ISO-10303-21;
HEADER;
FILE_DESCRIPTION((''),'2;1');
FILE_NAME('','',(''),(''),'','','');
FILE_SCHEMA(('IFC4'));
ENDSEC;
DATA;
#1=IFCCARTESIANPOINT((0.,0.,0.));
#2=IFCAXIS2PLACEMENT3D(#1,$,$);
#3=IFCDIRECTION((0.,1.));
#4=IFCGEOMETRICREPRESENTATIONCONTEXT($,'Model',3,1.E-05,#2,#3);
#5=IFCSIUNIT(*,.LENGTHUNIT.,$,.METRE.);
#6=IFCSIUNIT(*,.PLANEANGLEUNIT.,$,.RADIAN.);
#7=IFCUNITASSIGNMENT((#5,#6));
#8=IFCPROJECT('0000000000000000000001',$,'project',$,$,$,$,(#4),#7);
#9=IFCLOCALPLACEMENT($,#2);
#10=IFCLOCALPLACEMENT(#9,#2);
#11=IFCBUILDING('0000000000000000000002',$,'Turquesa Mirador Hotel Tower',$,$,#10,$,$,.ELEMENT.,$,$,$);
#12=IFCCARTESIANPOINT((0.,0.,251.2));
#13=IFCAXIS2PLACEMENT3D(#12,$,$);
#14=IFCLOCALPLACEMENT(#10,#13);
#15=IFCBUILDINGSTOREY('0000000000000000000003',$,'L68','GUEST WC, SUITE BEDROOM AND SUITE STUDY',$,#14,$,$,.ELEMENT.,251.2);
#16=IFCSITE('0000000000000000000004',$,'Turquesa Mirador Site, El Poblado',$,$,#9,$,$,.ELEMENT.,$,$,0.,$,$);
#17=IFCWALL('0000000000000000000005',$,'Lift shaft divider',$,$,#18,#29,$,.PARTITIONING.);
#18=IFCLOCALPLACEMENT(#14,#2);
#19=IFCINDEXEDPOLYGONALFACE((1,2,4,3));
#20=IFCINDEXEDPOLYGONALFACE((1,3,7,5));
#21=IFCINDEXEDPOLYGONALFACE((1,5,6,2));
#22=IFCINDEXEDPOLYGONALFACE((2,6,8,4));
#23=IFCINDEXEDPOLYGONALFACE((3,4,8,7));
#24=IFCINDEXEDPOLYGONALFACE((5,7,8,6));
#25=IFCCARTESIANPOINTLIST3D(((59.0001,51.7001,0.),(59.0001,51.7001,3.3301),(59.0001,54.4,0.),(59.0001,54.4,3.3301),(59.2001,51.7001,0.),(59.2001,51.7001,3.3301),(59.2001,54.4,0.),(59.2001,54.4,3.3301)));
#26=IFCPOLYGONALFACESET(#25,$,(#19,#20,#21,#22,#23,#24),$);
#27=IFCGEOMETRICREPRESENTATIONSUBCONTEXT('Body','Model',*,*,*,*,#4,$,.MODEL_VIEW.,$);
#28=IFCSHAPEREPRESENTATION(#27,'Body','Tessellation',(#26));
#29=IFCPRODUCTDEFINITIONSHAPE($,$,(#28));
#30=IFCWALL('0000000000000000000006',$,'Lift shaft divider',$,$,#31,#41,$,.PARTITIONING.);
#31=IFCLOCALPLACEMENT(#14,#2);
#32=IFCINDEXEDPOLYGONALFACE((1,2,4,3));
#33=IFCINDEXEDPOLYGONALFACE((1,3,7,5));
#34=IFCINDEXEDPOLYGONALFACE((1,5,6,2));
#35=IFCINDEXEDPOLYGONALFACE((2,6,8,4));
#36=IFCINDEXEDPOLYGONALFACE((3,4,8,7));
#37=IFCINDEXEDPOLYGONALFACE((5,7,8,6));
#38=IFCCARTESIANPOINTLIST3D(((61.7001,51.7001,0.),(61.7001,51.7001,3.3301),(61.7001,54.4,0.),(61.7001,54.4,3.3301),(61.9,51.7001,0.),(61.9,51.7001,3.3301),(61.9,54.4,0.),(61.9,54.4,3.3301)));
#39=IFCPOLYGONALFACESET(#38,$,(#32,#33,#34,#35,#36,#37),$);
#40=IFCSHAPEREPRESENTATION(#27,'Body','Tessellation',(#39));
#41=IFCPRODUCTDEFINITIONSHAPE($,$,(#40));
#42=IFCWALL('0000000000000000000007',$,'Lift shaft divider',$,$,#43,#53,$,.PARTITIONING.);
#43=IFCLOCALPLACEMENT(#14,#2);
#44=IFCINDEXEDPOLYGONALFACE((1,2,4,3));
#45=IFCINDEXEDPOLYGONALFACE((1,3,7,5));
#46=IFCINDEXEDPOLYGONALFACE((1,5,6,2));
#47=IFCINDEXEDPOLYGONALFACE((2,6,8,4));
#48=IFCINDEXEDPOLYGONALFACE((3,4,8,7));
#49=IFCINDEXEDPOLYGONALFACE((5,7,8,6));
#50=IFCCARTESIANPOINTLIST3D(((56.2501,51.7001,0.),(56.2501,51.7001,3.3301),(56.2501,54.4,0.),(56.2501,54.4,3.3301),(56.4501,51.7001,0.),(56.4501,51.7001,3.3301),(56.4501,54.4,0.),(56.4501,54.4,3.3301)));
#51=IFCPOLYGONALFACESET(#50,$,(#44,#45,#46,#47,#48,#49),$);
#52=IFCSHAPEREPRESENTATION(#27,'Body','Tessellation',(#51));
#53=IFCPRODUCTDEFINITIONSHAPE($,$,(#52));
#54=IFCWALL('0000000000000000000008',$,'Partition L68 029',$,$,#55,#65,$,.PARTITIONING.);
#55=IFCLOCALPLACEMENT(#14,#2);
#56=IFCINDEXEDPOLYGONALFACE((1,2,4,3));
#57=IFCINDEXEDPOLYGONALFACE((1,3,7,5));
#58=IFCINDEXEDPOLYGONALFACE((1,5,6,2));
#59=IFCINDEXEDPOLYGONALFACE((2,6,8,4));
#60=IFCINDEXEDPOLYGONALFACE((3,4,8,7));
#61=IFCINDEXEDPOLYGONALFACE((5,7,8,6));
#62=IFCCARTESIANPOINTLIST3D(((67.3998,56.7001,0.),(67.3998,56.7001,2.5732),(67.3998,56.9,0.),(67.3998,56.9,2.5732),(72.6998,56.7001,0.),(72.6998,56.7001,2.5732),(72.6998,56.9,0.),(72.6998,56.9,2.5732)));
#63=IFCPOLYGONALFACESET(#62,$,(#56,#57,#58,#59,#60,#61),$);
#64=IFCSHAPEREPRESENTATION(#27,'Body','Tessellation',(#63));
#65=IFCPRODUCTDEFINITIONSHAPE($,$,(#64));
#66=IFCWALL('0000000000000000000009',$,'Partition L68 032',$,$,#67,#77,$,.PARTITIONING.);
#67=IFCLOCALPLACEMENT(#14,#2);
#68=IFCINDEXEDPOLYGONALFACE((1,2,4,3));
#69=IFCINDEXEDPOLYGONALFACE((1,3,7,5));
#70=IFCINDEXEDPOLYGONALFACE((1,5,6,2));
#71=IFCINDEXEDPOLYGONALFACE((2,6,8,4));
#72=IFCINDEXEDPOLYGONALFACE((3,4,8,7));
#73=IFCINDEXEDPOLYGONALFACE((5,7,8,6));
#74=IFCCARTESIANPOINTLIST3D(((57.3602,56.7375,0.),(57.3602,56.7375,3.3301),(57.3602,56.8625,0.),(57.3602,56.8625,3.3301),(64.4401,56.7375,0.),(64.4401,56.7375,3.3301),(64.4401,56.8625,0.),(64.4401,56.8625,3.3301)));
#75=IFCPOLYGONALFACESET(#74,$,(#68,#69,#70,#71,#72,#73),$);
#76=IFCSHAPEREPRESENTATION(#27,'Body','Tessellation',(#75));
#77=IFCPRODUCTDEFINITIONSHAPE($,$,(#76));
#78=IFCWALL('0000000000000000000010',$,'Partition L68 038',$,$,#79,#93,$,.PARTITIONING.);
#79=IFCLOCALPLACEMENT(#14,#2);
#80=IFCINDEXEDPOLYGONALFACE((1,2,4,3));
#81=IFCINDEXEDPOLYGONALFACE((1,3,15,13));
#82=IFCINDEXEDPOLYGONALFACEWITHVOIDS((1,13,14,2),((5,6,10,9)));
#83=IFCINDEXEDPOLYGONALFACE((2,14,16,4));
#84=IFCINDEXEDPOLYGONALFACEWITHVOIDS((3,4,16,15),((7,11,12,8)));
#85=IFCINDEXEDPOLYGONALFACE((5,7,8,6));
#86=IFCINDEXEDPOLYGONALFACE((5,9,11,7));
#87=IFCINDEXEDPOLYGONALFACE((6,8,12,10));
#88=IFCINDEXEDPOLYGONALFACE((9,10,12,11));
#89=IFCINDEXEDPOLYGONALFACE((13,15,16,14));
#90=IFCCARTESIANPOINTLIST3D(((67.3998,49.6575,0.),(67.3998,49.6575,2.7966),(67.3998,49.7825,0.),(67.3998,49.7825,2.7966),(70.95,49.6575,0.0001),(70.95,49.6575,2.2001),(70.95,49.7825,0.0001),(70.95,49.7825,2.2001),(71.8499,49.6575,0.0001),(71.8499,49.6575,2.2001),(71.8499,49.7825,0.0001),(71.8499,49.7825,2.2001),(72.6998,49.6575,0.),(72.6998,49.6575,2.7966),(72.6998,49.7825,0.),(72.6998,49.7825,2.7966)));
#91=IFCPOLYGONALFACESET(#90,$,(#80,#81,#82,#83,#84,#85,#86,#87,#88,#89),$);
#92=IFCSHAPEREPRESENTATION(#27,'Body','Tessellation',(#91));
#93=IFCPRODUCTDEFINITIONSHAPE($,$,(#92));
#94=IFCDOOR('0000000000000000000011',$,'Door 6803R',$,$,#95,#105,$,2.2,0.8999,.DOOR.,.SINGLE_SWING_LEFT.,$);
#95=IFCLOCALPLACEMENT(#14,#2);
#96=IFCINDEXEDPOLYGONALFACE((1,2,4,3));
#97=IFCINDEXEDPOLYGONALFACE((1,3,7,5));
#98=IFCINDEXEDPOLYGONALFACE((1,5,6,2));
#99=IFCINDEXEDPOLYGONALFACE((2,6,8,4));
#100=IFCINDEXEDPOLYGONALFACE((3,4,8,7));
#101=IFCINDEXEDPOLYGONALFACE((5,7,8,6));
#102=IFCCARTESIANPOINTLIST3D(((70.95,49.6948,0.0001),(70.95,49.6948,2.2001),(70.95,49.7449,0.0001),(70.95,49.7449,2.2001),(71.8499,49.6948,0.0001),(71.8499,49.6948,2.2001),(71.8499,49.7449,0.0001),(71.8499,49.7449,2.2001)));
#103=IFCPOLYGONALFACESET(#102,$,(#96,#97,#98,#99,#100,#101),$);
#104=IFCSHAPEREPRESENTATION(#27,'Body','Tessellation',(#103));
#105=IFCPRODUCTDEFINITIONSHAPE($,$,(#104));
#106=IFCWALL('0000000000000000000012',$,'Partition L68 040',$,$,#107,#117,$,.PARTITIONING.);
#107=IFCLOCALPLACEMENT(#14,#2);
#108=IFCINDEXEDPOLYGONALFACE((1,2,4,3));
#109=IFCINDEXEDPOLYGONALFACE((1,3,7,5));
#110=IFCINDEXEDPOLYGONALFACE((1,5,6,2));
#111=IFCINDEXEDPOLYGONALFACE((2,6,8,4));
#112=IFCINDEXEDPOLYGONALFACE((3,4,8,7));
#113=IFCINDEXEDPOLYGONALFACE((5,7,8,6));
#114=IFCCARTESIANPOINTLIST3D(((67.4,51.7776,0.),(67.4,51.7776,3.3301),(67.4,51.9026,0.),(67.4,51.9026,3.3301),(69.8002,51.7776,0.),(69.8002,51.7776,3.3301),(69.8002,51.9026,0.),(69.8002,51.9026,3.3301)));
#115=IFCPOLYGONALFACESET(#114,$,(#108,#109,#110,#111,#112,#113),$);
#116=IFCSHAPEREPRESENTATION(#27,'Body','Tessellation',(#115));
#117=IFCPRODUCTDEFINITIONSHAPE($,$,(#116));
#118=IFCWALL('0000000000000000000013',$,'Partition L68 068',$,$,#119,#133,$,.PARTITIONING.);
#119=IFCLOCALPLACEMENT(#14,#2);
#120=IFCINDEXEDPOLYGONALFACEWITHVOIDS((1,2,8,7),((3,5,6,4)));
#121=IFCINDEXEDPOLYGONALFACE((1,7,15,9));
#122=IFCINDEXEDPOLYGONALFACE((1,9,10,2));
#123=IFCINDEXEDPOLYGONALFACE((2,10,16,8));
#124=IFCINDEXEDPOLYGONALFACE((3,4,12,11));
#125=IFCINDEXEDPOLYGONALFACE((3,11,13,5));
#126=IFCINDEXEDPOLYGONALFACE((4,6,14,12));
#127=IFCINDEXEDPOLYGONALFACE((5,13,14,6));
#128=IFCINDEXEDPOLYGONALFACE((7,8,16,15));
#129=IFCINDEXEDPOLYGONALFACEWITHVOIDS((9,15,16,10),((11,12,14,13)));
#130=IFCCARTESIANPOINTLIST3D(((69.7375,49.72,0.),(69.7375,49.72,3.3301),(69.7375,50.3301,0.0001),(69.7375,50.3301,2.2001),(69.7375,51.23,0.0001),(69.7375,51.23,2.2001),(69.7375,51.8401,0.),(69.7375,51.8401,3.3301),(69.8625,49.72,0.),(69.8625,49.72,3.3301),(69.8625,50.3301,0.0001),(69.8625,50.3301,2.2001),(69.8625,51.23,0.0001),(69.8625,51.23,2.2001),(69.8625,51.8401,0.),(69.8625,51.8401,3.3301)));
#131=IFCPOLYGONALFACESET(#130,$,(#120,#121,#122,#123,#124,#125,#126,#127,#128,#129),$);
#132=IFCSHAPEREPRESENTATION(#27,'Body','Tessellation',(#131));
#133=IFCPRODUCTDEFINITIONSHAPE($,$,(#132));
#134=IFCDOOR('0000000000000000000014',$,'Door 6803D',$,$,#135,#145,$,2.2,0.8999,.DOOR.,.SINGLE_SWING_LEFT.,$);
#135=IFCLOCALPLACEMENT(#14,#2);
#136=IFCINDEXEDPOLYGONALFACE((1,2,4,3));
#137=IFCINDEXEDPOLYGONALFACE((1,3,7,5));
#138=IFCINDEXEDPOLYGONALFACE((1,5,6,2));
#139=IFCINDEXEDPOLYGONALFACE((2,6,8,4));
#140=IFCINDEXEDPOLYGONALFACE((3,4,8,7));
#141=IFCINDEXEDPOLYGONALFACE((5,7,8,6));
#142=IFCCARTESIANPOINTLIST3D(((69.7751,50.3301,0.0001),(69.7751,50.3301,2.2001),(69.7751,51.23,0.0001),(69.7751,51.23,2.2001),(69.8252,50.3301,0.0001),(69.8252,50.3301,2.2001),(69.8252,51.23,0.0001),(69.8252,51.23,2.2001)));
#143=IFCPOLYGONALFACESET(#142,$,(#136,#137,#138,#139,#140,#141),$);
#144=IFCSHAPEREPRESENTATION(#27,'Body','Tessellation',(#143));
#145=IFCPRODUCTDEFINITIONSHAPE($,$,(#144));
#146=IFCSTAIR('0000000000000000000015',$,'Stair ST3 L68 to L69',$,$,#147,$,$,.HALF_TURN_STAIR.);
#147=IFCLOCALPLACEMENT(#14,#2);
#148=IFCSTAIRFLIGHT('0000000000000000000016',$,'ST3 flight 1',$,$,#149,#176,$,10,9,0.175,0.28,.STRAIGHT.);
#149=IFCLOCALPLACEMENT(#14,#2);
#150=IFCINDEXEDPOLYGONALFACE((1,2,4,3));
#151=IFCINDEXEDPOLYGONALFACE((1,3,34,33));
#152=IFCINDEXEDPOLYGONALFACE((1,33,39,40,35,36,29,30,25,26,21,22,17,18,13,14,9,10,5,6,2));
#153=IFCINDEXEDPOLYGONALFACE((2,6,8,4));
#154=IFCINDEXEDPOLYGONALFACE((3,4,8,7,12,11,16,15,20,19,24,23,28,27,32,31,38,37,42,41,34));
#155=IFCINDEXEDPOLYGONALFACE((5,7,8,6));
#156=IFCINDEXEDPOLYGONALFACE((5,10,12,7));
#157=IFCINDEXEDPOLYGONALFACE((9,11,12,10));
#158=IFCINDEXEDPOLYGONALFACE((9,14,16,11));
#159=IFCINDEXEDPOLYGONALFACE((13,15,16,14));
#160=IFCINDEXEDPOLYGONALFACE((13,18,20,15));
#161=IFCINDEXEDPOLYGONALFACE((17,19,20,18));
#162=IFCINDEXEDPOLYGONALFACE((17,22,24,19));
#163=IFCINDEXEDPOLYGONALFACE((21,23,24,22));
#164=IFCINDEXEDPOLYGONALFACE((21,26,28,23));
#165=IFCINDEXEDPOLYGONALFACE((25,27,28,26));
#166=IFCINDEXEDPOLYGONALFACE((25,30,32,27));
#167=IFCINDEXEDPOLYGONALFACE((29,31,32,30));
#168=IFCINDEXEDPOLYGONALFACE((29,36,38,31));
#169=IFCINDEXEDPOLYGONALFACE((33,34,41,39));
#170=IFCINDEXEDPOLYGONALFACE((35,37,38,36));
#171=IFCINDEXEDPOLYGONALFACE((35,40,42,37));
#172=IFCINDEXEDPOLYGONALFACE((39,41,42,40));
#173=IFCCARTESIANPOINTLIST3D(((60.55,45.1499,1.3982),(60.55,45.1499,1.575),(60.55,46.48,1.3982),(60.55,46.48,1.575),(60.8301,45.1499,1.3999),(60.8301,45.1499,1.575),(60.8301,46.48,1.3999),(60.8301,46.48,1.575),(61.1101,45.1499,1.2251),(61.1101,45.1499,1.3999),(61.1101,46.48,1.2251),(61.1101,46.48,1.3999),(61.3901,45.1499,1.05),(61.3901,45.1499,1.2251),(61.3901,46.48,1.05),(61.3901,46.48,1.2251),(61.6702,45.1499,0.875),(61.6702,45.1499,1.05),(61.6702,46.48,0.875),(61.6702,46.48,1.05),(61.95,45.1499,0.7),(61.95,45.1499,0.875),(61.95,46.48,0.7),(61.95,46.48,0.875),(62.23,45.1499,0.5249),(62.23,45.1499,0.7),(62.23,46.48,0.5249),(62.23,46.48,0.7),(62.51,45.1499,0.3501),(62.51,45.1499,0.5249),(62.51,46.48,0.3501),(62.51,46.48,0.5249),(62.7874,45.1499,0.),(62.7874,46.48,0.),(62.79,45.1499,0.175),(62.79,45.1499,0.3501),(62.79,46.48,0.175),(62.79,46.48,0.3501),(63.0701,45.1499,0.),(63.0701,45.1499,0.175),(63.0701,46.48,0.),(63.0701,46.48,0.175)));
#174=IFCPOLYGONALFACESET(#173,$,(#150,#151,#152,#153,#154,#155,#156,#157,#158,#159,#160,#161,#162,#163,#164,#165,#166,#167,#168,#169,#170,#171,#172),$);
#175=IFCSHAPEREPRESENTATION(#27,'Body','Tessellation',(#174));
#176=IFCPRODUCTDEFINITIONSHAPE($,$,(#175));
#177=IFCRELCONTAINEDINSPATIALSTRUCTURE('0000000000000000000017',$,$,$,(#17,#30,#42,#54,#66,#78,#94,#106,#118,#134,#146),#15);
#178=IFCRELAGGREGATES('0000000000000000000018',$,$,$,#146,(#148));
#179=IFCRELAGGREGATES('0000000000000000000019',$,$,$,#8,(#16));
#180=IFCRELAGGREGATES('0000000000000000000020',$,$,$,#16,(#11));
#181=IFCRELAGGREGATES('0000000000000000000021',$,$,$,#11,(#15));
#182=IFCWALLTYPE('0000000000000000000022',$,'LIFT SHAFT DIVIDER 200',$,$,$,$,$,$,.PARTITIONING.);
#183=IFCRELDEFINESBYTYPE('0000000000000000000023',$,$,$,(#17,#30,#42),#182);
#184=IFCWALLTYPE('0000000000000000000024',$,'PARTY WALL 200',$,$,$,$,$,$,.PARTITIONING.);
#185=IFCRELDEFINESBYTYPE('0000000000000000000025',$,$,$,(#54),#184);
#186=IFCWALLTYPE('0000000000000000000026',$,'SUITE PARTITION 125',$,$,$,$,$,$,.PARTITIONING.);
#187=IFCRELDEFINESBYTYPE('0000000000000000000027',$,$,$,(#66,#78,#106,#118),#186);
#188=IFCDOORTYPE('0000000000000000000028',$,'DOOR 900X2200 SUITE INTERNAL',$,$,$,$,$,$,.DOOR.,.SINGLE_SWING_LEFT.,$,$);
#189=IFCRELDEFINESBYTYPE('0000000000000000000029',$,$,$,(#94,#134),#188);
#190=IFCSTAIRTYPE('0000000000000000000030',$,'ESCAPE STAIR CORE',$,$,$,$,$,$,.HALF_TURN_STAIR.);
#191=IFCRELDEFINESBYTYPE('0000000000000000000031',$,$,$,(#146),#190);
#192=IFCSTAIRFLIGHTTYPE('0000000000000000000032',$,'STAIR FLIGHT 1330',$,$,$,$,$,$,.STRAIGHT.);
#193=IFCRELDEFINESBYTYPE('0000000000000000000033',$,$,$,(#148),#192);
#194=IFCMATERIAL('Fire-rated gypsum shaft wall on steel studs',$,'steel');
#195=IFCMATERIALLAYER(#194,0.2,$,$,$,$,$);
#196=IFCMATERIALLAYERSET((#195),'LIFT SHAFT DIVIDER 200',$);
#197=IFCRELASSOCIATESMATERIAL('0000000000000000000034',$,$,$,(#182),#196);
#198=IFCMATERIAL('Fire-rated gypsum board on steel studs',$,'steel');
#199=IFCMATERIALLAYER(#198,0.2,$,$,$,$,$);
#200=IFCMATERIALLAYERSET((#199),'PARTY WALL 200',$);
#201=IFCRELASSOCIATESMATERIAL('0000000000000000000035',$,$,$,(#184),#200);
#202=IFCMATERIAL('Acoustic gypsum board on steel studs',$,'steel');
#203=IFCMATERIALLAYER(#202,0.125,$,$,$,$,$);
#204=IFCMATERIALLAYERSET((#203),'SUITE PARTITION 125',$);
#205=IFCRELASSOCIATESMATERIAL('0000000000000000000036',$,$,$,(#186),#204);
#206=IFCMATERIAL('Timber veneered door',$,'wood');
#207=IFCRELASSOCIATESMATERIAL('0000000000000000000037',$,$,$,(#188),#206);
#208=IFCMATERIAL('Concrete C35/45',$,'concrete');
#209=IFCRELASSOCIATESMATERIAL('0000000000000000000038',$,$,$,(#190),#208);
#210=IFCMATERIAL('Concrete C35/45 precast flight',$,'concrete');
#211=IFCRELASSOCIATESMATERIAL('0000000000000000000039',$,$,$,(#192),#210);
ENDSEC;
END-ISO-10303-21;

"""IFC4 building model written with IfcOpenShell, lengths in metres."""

from ifc_helpers import new_model, si_unit, direction, frame, frame_2d, origin, place, context, subcontext, project, spatial, polyline, rectangle, outline, extrude, material, layer, layer_set, type_object, element, fill, aggregate, save


model = new_model("IFC4")

# Units and contexts
model_context = context("Model", 3, precision=1e-05, world=origin(), true_north=direction((0.0, 1.0)))
body_context = subcontext(model_context, "Body", "Model", "MODEL_VIEW")
ifc_project = project(units=[si_unit("LENGTHUNIT", "METRE"), si_unit("PLANEANGLEUNIT", "RADIAN")], contexts=[model_context])

# Site, building, storey
site_placement = place(None, origin())
site = spatial("IfcSite", under=ifc_project, at=site_placement, Name="Turquesa Mirador Site, El Poblado", CompositionType="ELEMENT", RefElevation=0.0)
building_placement = place(site_placement, origin())
building = spatial("IfcBuilding", under=site, at=building_placement, Name="Turquesa Mirador Hotel Tower", CompositionType="ELEMENT")
storey_placement = place(building_placement, frame((0.0, 0.0, 251.2)))
storey = spatial("IfcBuildingStorey", under=building, at=storey_placement, Name="L68", Description="GUEST WC, SUITE BEDROOM AND SUITE STUDY", CompositionType="ELEMENT", Elevation=251.2)

# Walls
ifc_material_1 = material(Name="Fire-rated gypsum shaft wall on steel studs", Category="steel")
ifc_layer_1 = layer(ifc_material_1, 0.2)
ifc_layer_set_1 = layer_set([ifc_layer_1], Name="LIFT SHAFT DIVIDER 200")
wall_type_1 = type_object("IfcWallType", Name="LIFT SHAFT DIVIDER 200", PredefinedType="PARTITIONING", material=ifc_layer_set_1)
for number, where, z_axis, x_axis, name in (
    (1, (59.1001, 51.7, 0.0), (0.0, 0.0, 1.0), (0.0, 1.0, 0.0), "Lift shaft divider"),
    (2, (61.8, 51.7, 0.0), (0.0, 0.0, 1.0), (0.0, 1.0, 0.0), "Lift shaft divider"),
    (3, (56.3501, 51.7, 0.0), (0.0, 0.0, 1.0), (0.0, 1.0, 0.0), "Lift shaft divider"),
):
    element("IfcWall", number, at=place(storey_placement, frame(where, z_axis=z_axis, x_axis=x_axis)), inside=storey, type_object=wall_type_1, Name=name, PredefinedType="PARTITIONING", context=body_context, shape_type="SweptSolid", body=[
        extrude(rectangle(XDim=2.7, YDim=0.2, at=frame_2d((1.3501, 0.0))), origin(), (0.0, 0.0, 1.0), 3.3301),
    ])
ifc_material_2 = material(Name="Fire-rated gypsum board on steel studs", Category="steel")
ifc_layer_2 = layer(ifc_material_2, 0.2)
ifc_layer_set_2 = layer_set([ifc_layer_2], Name="PARTY WALL 200")
wall_type_2 = type_object("IfcWallType", Name="PARTY WALL 200", PredefinedType="PARTITIONING", material=ifc_layer_set_2)
wall_1_placement = place(storey_placement, frame((67.3999, 56.8, 0.0), z_axis=(0.0, 0.0, 1.0), x_axis=(1.0, 0.0, 0.0)))
element("IfcWall", 4, at=wall_1_placement, inside=storey, type_object=wall_type_2, Name="Partition L68 029", PredefinedType="PARTITIONING", context=body_context, shape_type="SweptSolid", body=[
    extrude(rectangle(XDim=5.3, YDim=0.2, at=frame_2d((2.6499, 0.0))), origin(), (0.0, 0.0, 1.0), 2.5732),
])
ifc_material_3 = material(Name="Acoustic gypsum board on steel studs", Category="steel")
ifc_layer_3 = layer(ifc_material_3, 0.125)
ifc_layer_set_3 = layer_set([ifc_layer_3], Name="SUITE PARTITION 125")
wall_type_3 = type_object("IfcWallType", Name="SUITE PARTITION 125", PredefinedType="PARTITIONING", material=ifc_layer_set_3)
wall_2_placement = place(storey_placement, frame((57.3601, 56.8, 0.0), z_axis=(0.0, 0.0, 1.0), x_axis=(1.0, 0.0, 0.0)))
element("IfcWall", 5, at=wall_2_placement, inside=storey, type_object=wall_type_3, Name="Partition L68 032", PredefinedType="PARTITIONING", context=body_context, shape_type="SweptSolid", body=[
    extrude(rectangle(XDim=7.0798, YDim=0.125, at=frame_2d((3.54, 0.0))), origin(), (0.0, 0.0, 1.0), 3.3301),
])

# Wall, opening, door
wall_3_placement = place(storey_placement, frame((67.3999, 49.72, 0.0), z_axis=(0.0, 0.0, 1.0), x_axis=(1.0, 0.0, 0.0)))
wall_3 = element("IfcWall", 6, at=wall_3_placement, inside=storey, type_object=wall_type_3, Name="Partition L68 038", PredefinedType="PARTITIONING", context=body_context, shape_type="SweptSolid", body=[
    extrude(rectangle(XDim=5.3, YDim=0.125, at=frame_2d((2.6499, 0.0))), origin(), (0.0, 0.0, 1.0), 2.7966),
])
opening_1_placement = place(wall_3_placement, frame((3.55, 0.0, 0.0)))
opening_1 = element("IfcOpeningElement", 7, at=opening_1_placement, cuts=wall_3, PredefinedType="OPENING", context=body_context, shape_type="SweptSolid", body=[
    extrude(rectangle(XDim=0.8999, YDim=2.2, at=frame_2d((0.45, 1.1001))), frame((0.0, 0.0725, 0.0), z_axis=(0.0, -1.0, 0.0), x_axis=(1.0, 0.0, 0.0)), (0.0, 0.0, 1.0), 0.145),
])
ifc_material_4 = material(Name="Timber veneered door", Category="wood")
door_type_1 = type_object("IfcDoorType", Name="DOOR 900X2200 SUITE INTERNAL", OperationType="SINGLE_SWING_LEFT", PredefinedType="DOOR", material=ifc_material_4)
door_1_placement = place(opening_1_placement, origin())
door_1 = element("IfcDoor", 8, at=door_1_placement, inside=storey, type_object=door_type_1, Name="Door 6803R", OperationType="SINGLE_SWING_LEFT", OverallHeight=2.2, OverallWidth=0.8999, PredefinedType="DOOR", context=body_context, shape_type="SweptSolid", body=[
    extrude(rectangle(XDim=0.8999, YDim=2.2, at=frame_2d((0.45, 1.1001))), frame((0.0, 0.0249, 0.0), z_axis=(0.0, -1.0, 0.0), x_axis=(1.0, 0.0, 0.0)), (0.0, 0.0, 1.0), 0.05),
])
fill(opening_1, door_1)

# Wall
wall_4_placement = place(storey_placement, frame((67.3999, 51.8401, 0.0), z_axis=(0.0, 0.0, 1.0), x_axis=(1.0, 0.0, 0.0)))
element("IfcWall", 9, at=wall_4_placement, inside=storey, type_object=wall_type_3, Name="Partition L68 040", PredefinedType="PARTITIONING", context=body_context, shape_type="SweptSolid", body=[
    extrude(rectangle(XDim=2.4001, YDim=0.125, at=frame_2d((1.2002, 0.0))), origin(), (0.0, 0.0, 1.0), 3.3301),
])

# Wall, opening, door
wall_5_placement = place(storey_placement, frame((69.8, 49.72, 0.0), z_axis=(0.0, 0.0, 1.0), x_axis=(0.0, 1.0, 0.0)))
wall_5 = element("IfcWall", 10, at=wall_5_placement, inside=storey, type_object=wall_type_3, Name="Partition L68 068", PredefinedType="PARTITIONING", context=body_context, shape_type="SweptSolid", body=[
    extrude(rectangle(XDim=2.1201, YDim=0.125, at=frame_2d((1.0601, 0.0))), origin(), (0.0, 0.0, 1.0), 3.3301),
])
opening_2_placement = place(wall_5_placement, frame((0.6101, 0.0, 0.0)))
opening_2 = element("IfcOpeningElement", 11, at=opening_2_placement, cuts=wall_5, PredefinedType="OPENING", context=body_context, shape_type="SweptSolid", body=[
    extrude(rectangle(XDim=0.8999, YDim=2.2, at=frame_2d((0.45, 1.1001))), frame((0.0, 0.0725, 0.0), z_axis=(0.0, -1.0, 0.0), x_axis=(1.0, 0.0, 0.0)), (0.0, 0.0, 1.0), 0.145),
])
door_2_placement = place(opening_2_placement, origin())
door_2 = element("IfcDoor", 12, at=door_2_placement, inside=storey, type_object=door_type_1, Name="Door 6803D", OperationType="SINGLE_SWING_LEFT", OverallHeight=2.2, OverallWidth=0.8999, PredefinedType="DOOR", context=body_context, shape_type="SweptSolid", body=[
    extrude(rectangle(XDim=0.8999, YDim=2.2, at=frame_2d((0.45, 1.1001))), frame((0.0, 0.0249, 0.0), z_axis=(0.0, -1.0, 0.0), x_axis=(1.0, 0.0, 0.0)), (0.0, 0.0, 1.0), 0.05),
])
fill(opening_2, door_2)

# Stair, stair flight
ifc_material_5 = material(Name="Concrete C35/45", Category="concrete")
stair_type = type_object("IfcStairType", Name="ESCAPE STAIR CORE", PredefinedType="HALF_TURN_STAIR", material=ifc_material_5)
stair_placement = place(storey_placement, origin())
stair = element("IfcStair", 13, at=stair_placement, inside=storey, type_object=stair_type, Name="Stair ST3 L68 to L69", PredefinedType="HALF_TURN_STAIR")
ifc_material_6 = material(Name="Concrete C35/45 precast flight", Category="concrete")
stair_flight_type = type_object("IfcStairFlightType", Name="STAIR FLIGHT 1330", PredefinedType="STRAIGHT", material=ifc_material_6)
stair_flight_1_placement = place(storey_placement, frame((63.0701, 45.8149, 0.0), z_axis=(0.0, 0.0, 1.0), x_axis=(-1.0, 0.0, 0.0)))
stair_flight_1 = element("IfcStairFlight", 14, at=stair_flight_1_placement, type_object=stair_flight_type, Name="ST3 flight 1", NumberOfRisers=10, NumberOfTreads=9, PredefinedType="STRAIGHT", RiserHeight=0.175, TreadLength=0.28, context=body_context, shape_type="SweptSolid", body=[
    extrude(outline(polyline([(0.0, 0.0), (0.0, 0.175), (0.28, 0.175), (0.28, 0.3501), (0.5601, 0.3501), (0.5601, 0.5249), (0.8401, 0.5249), (0.8401, 0.7), (1.1201, 0.7), (1.1201, 0.875), (1.3999, 0.875), (1.3999, 1.05), (1.6799, 1.05), (1.6799, 1.2251), (1.96, 1.2251), (1.96, 1.3999), (2.24, 1.3999), (2.24, 1.575), (2.52, 1.575), (2.52, 1.75), (2.52, 1.3982), (0.2827, 0.0), (0.0, 0.0)])), frame((0.0, 0.665, 0.0), z_axis=(0.0, -1.0, 0.0), x_axis=(1.0, 0.0, 0.0)), (0.0, 0.0, 1.0), 1.3301),
])
aggregate(stair, [stair_flight_1])

save(model, "model.ifc")
